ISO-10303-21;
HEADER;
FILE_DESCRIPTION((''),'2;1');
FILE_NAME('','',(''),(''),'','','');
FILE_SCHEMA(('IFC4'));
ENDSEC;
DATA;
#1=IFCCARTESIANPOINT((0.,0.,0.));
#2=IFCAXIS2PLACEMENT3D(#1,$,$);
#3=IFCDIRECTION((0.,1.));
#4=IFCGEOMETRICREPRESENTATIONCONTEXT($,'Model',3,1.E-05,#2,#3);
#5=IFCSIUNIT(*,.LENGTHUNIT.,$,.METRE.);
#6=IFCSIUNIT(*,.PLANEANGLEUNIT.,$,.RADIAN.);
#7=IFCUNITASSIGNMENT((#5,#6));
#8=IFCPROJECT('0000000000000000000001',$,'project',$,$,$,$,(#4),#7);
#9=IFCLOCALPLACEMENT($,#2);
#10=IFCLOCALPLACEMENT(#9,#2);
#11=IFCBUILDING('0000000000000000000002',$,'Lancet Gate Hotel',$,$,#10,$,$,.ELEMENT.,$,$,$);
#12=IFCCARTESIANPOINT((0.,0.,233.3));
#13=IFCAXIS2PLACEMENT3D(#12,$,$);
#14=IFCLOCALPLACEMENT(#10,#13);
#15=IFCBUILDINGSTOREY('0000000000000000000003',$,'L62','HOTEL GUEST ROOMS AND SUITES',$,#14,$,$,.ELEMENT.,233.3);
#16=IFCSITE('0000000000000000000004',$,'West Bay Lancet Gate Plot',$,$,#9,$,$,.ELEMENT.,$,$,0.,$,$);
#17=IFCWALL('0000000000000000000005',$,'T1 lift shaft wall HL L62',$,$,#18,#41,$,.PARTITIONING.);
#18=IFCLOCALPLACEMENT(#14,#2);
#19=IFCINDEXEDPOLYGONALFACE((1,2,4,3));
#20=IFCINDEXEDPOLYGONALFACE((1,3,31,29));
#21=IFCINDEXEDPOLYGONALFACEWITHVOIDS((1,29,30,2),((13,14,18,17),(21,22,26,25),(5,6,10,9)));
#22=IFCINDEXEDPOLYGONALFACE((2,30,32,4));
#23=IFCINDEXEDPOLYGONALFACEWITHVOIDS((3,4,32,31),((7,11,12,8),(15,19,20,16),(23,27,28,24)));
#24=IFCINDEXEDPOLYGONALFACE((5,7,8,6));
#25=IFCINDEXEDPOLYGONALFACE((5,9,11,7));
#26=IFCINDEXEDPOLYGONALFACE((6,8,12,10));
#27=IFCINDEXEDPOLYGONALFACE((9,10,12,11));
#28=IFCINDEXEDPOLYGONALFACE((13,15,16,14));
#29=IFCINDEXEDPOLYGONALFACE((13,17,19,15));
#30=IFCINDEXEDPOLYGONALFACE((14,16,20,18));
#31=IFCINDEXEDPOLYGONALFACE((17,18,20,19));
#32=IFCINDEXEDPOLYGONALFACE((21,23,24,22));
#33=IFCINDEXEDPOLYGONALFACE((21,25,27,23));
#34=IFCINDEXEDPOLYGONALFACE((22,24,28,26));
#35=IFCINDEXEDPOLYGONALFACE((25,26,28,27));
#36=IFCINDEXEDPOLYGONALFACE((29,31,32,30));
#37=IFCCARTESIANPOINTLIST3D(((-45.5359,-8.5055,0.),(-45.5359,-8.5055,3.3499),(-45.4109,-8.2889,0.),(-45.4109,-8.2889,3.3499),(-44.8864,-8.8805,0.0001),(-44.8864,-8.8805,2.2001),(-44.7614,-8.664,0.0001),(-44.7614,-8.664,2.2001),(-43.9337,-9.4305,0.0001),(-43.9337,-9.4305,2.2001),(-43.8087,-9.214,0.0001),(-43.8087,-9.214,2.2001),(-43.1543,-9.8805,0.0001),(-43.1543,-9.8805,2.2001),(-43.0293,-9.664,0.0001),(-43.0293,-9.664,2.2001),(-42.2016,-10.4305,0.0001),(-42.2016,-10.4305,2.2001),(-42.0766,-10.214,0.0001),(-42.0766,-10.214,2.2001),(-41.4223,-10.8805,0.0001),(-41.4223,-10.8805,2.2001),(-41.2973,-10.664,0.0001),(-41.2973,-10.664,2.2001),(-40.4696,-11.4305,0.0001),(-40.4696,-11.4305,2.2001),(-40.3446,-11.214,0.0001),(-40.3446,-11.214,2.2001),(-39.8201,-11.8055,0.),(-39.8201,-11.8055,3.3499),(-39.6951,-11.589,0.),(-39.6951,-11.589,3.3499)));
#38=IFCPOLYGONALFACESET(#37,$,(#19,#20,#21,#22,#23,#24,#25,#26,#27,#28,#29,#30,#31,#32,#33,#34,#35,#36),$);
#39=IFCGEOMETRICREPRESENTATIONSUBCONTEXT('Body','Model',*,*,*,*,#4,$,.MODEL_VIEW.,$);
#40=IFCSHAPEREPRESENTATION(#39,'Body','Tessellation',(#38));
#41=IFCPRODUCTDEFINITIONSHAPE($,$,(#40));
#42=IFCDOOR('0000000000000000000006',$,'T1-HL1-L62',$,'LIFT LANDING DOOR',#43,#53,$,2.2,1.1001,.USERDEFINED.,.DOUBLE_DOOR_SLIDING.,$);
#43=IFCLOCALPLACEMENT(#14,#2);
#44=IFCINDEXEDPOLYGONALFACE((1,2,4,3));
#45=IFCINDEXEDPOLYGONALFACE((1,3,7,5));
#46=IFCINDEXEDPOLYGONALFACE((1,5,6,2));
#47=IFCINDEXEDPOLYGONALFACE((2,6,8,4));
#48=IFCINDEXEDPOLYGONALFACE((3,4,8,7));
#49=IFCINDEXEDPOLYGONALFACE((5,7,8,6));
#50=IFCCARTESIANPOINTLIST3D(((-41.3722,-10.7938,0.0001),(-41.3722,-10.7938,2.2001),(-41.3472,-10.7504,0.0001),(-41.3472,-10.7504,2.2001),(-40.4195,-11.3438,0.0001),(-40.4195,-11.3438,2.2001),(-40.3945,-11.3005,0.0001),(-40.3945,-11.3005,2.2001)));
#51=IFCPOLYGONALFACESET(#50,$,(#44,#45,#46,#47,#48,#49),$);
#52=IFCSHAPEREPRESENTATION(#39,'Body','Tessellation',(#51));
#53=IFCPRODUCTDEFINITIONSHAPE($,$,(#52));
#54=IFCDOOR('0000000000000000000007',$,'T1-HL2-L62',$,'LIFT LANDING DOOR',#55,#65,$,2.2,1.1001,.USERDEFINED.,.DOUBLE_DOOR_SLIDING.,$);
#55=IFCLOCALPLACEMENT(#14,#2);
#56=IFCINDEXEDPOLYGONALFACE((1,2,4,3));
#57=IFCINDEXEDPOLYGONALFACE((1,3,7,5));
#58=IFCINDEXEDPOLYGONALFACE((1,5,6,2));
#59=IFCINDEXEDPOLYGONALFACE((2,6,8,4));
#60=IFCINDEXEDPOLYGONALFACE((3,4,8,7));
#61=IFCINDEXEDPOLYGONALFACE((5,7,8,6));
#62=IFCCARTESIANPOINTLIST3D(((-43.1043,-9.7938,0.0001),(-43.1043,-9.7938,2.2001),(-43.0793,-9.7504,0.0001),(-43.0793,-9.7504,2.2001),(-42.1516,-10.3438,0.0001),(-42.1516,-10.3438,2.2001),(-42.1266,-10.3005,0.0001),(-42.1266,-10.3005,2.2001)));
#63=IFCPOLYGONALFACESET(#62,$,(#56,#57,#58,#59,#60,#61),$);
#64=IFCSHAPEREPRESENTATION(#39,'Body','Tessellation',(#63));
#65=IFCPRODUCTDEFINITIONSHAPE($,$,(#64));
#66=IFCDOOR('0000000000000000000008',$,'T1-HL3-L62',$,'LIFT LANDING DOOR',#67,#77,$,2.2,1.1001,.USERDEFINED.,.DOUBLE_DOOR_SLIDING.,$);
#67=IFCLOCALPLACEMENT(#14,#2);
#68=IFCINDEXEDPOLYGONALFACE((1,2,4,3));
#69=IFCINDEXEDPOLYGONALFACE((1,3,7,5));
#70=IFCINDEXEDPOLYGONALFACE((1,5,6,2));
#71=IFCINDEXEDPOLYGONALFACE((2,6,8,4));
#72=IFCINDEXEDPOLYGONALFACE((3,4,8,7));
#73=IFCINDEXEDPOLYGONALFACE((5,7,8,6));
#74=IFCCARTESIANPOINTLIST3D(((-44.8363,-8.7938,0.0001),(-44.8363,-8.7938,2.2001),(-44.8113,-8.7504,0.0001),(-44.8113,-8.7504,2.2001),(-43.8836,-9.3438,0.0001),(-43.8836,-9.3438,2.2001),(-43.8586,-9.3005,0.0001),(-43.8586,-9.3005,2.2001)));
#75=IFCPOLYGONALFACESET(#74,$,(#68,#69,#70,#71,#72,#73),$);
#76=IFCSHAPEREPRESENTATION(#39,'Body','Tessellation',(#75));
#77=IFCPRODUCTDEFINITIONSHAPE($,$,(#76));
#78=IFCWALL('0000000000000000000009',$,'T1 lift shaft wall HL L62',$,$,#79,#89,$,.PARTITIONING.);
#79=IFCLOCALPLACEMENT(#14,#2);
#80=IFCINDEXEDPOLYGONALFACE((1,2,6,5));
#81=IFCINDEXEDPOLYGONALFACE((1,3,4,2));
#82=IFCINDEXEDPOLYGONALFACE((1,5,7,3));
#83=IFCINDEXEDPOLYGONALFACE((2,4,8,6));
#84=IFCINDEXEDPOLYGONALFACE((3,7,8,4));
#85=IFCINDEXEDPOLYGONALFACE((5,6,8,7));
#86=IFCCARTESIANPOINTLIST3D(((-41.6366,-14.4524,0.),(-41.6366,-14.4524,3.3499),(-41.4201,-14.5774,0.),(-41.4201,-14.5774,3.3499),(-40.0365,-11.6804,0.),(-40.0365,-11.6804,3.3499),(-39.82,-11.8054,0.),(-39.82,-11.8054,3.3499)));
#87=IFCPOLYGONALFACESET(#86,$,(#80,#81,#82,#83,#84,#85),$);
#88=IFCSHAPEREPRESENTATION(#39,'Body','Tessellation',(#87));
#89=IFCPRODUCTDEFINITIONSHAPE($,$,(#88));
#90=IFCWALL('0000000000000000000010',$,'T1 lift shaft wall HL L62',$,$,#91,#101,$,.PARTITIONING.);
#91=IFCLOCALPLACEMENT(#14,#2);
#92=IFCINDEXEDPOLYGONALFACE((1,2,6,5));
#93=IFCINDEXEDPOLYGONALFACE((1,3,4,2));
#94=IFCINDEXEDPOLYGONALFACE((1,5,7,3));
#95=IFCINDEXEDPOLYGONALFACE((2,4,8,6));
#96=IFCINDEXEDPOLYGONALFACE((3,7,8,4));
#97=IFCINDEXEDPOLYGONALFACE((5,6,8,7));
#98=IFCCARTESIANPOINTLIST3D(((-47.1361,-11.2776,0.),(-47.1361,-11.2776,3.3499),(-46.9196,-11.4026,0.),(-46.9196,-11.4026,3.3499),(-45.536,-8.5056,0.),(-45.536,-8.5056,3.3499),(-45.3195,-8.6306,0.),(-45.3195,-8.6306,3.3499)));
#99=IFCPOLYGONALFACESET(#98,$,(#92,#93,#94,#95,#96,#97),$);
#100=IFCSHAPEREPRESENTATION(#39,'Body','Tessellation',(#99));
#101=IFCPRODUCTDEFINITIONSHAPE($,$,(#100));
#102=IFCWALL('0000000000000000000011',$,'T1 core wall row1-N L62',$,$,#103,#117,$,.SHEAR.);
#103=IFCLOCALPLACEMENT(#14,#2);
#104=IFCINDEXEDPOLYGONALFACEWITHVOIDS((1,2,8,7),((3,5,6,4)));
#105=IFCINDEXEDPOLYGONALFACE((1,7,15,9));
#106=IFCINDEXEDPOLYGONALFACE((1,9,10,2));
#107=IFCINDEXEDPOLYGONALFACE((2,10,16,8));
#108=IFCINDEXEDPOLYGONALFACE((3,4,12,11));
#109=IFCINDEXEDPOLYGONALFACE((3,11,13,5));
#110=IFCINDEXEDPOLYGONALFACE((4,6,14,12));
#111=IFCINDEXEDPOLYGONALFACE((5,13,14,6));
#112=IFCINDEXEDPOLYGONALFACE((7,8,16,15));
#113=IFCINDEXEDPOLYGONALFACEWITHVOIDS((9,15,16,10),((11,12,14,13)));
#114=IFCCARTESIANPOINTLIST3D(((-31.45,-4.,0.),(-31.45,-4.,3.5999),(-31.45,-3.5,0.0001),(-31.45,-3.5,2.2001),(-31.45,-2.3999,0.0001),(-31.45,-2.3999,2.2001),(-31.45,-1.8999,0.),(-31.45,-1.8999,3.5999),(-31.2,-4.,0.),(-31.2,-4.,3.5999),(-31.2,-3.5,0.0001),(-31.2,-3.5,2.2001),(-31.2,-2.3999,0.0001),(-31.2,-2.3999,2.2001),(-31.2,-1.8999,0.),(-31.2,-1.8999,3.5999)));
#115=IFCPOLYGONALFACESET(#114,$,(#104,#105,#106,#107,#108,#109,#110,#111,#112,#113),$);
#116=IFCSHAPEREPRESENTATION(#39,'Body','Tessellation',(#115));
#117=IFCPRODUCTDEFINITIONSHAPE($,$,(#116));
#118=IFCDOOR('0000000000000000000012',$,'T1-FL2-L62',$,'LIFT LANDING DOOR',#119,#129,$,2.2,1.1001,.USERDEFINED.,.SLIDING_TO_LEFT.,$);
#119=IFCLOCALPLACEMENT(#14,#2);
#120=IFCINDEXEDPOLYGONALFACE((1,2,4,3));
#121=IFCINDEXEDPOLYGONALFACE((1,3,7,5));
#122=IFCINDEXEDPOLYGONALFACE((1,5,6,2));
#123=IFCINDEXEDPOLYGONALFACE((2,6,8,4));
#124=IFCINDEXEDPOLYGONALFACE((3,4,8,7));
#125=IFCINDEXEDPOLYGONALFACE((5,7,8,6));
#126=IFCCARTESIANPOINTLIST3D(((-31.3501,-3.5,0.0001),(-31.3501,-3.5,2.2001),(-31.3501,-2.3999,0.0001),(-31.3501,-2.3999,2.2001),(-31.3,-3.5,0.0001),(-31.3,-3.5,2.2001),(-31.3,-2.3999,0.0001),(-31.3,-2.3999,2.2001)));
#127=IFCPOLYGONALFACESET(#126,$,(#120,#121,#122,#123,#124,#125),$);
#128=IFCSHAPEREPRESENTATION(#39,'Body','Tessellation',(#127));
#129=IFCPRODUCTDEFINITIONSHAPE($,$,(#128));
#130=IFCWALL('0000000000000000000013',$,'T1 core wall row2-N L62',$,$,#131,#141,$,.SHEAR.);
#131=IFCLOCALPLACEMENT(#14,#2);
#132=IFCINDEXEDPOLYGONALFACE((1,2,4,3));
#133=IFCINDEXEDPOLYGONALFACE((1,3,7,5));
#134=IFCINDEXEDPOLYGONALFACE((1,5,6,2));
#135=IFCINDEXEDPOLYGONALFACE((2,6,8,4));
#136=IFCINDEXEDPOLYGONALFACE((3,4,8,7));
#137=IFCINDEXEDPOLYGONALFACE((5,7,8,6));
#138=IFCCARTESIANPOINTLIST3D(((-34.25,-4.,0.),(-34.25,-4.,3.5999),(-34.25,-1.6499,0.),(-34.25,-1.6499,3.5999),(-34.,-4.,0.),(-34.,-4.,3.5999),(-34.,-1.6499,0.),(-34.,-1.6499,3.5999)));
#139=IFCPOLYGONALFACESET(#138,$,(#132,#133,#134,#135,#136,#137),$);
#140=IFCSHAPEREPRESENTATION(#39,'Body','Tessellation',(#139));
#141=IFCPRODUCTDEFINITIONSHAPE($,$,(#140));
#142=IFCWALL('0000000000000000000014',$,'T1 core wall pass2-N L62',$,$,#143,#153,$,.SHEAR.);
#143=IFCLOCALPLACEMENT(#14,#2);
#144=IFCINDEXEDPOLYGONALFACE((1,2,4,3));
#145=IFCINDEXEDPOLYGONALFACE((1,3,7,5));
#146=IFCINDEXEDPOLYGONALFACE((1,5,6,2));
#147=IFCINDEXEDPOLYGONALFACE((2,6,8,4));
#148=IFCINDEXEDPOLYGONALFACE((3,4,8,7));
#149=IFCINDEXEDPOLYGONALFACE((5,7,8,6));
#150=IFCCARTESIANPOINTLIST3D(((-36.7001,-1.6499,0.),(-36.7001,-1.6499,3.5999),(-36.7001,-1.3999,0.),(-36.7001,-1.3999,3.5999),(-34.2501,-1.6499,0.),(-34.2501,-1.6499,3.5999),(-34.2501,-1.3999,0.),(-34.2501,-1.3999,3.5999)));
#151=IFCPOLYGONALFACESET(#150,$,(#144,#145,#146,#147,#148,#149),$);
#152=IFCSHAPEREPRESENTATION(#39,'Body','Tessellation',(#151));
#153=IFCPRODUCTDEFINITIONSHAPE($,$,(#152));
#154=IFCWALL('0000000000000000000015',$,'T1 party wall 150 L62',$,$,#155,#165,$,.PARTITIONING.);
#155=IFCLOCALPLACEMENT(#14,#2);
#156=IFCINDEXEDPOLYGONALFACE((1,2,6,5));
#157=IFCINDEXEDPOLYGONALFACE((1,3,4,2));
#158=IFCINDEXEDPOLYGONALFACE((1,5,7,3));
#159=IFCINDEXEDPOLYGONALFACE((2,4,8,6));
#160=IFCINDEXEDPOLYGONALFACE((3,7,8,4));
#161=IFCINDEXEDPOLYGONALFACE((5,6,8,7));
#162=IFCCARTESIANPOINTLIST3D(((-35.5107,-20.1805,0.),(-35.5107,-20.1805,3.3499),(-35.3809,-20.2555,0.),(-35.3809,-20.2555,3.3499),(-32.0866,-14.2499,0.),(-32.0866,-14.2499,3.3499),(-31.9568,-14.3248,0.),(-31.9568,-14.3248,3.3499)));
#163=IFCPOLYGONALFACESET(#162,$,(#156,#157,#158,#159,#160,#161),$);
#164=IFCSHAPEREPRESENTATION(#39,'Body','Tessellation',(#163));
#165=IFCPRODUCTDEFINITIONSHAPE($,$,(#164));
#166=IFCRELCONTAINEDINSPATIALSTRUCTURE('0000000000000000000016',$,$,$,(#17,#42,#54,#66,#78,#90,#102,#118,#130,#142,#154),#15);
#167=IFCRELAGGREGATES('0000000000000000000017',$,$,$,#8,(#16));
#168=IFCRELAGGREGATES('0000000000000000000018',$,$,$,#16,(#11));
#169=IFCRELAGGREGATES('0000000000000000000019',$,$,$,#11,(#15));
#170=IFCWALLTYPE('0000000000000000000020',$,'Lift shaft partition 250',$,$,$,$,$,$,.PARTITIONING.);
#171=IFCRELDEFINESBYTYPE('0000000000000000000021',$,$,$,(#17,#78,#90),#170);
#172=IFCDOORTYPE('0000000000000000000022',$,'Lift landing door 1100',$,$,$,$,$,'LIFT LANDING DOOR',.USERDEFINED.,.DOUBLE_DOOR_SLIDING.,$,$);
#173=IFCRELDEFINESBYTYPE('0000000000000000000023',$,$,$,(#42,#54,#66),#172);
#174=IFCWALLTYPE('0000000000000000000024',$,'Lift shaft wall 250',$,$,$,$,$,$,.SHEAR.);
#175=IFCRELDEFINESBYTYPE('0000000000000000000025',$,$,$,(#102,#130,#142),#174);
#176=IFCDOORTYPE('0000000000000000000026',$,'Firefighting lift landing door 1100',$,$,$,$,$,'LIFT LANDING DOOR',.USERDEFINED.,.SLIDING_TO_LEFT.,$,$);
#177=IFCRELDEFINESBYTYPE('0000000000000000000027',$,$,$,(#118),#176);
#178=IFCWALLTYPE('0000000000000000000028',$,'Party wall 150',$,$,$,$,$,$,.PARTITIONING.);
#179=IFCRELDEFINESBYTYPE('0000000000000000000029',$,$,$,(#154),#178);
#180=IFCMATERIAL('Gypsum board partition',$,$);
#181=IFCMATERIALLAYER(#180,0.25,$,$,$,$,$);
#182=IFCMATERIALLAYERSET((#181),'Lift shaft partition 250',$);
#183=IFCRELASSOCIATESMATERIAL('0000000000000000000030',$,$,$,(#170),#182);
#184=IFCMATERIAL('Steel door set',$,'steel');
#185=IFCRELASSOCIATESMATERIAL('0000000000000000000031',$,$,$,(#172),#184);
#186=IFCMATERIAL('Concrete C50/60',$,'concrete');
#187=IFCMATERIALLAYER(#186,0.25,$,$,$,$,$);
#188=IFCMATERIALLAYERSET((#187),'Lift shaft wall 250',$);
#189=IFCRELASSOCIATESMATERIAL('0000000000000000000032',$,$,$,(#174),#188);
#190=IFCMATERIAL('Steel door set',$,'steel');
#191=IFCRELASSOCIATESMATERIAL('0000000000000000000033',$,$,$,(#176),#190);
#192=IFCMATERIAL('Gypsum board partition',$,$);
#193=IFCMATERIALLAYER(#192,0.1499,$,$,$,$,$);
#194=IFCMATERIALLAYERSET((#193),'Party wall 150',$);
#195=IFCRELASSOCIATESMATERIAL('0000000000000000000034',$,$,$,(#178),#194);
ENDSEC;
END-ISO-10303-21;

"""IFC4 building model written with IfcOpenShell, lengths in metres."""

from ifc_helpers import new_model, si_unit, direction, frame, frame_2d, origin, place, context, subcontext, project, spatial, rectangle, extrude, material, layer, layer_set, type_object, element, fill, save


model = new_model("IFC4")

# Units and contexts
model_context = context("Model", 3, precision=1e-05, world=origin(), true_north=direction((0.0, 1.0)))
body_context = subcontext(model_context, "Body", "Model", "MODEL_VIEW")
ifc_project = project(units=[si_unit("LENGTHUNIT", "METRE"), si_unit("PLANEANGLEUNIT", "RADIAN")], contexts=[model_context])

# Site, building, storey
site_placement = place(None, origin())
site = spatial("IfcSite", under=ifc_project, at=site_placement, Name="West Bay Lancet Gate Plot", CompositionType="ELEMENT", RefElevation=0.0)
building_placement = place(site_placement, origin())
building = spatial("IfcBuilding", under=site, at=building_placement, Name="Lancet Gate Hotel", CompositionType="ELEMENT")
storey_placement = place(building_placement, frame((0.0, 0.0, 233.3)))
storey = spatial("IfcBuildingStorey", under=building, at=storey_placement, Name="L62", Description="HOTEL GUEST ROOMS AND SUITES", CompositionType="ELEMENT", Elevation=233.3)

# Wall, openings, doors
ifc_material_1 = material(Name="Gypsum board partition")
ifc_layer_1 = layer(ifc_material_1, 0.25)
ifc_layer_set_1 = layer_set([ifc_layer_1], Name="Lift shaft partition 250")
wall_type_1 = type_object("IfcWallType", Name="Lift shaft partition 250", PredefinedType="PARTITIONING", material=ifc_layer_set_1)
wall_1_placement = place(storey_placement, frame((-39.7576, -11.6973, 0.0), z_axis=(0.0, 0.0, 1.0), x_axis=(-0.866024, 0.500002, 0.0)))
wall_1 = element("IfcWall", 1, at=wall_1_placement, inside=storey, type_object=wall_type_1, Name="T1 lift shaft wall HL L62", PredefinedType="PARTITIONING", context=body_context, shape_type="SweptSolid", body=[
    extrude(rectangle(XDim=6.6001, YDim=0.25, at=frame_2d((3.3, 0.0))), origin(), (0.0, 0.0, 1.0), 3.3499),
])
opening_1_placement = place(wall_1_placement, frame((0.75, 0.0, 0.0)))
opening_1 = element("IfcOpeningElement", 2, at=opening_1_placement, cuts=wall_1, PredefinedType="OPENING", context=body_context, shape_type="SweptSolid", body=[
    extrude(rectangle(XDim=1.1001, YDim=2.2, at=frame_2d((0.55, 1.1001))), frame((0.0, 0.135, 0.0), z_axis=(0.0, -1.0, 0.0), x_axis=(1.0, 0.0, 0.0)), (0.0, 0.0, 1.0), 0.27),
])
opening_2_placement = place(wall_1_placement, frame((2.75, 0.0, 0.0)))
opening_2 = element("IfcOpeningElement", 3, at=opening_2_placement, cuts=wall_1, PredefinedType="OPENING", context=body_context, shape_type="SweptSolid", body=[
    extrude(rectangle(XDim=1.1001, YDim=2.2, at=frame_2d((0.55, 1.1001))), frame((0.0, 0.135, 0.0), z_axis=(0.0, -1.0, 0.0), x_axis=(1.0, 0.0, 0.0)), (0.0, 0.0, 1.0), 0.27),
])
opening_3_placement = place(wall_1_placement, frame((4.75, 0.0, 0.0)))
opening_3 = element("IfcOpeningElement", 4, at=opening_3_placement, cuts=wall_1, PredefinedType="OPENING", context=body_context, shape_type="SweptSolid", body=[
    extrude(rectangle(XDim=1.1001, YDim=2.2, at=frame_2d((0.55, 1.1001))), frame((0.0, 0.135, 0.0), z_axis=(0.0, -1.0, 0.0), x_axis=(1.0, 0.0, 0.0)), (0.0, 0.0, 1.0), 0.27),
])
ifc_material_2 = material(Name="Steel door set", Category="steel")
door_type_1 = type_object("IfcDoorType", Name="Lift landing door 1100", ElementType="LIFT LANDING DOOR", OperationType="DOUBLE_DOOR_SLIDING", PredefinedType="USERDEFINED", material=ifc_material_2)
door_1_placement = place(opening_1_placement, origin())
door_1 = element("IfcDoor", 5, at=door_1_placement, inside=storey, type_object=door_type_1, Name="T1-HL1-L62", ObjectType="LIFT LANDING DOOR", OperationType="DOUBLE_DOOR_SLIDING", OverallHeight=2.2, OverallWidth=1.1001, PredefinedType="USERDEFINED", context=body_context, shape_type="SweptSolid", body=[
    extrude(rectangle(XDim=1.1001, YDim=2.2, at=frame_2d((0.55, 1.1001))), frame((0.0, 0.0249, 0.0), z_axis=(0.0, -1.0, 0.0), x_axis=(1.0, 0.0, 0.0)), (0.0, 0.0, 1.0), 0.05),
])
fill(opening_1, door_1)
door_2_placement = place(opening_2_placement, origin())
door_2 = element("IfcDoor", 6, at=door_2_placement, inside=storey, type_object=door_type_1, Name="T1-HL2-L62", ObjectType="LIFT LANDING DOOR", OperationType="DOUBLE_DOOR_SLIDING", OverallHeight=2.2, OverallWidth=1.1001, PredefinedType="USERDEFINED", context=body_context, shape_type="SweptSolid", body=[
    extrude(rectangle(XDim=1.1001, YDim=2.2, at=frame_2d((0.55, 1.1001))), frame((0.0, 0.0249, 0.0), z_axis=(0.0, -1.0, 0.0), x_axis=(1.0, 0.0, 0.0)), (0.0, 0.0, 1.0), 0.05),
])
fill(opening_2, door_2)
door_3_placement = place(opening_3_placement, origin())
door_3 = element("IfcDoor", 7, at=door_3_placement, inside=storey, type_object=door_type_1, Name="T1-HL3-L62", ObjectType="LIFT LANDING DOOR", OperationType="DOUBLE_DOOR_SLIDING", OverallHeight=2.2, OverallWidth=1.1001, PredefinedType="USERDEFINED", context=body_context, shape_type="SweptSolid", body=[
    extrude(rectangle(XDim=1.1001, YDim=2.2, at=frame_2d((0.55, 1.1001))), frame((0.0, 0.0249, 0.0), z_axis=(0.0, -1.0, 0.0), x_axis=(1.0, 0.0, 0.0)), (0.0, 0.0, 1.0), 0.05),
])
fill(opening_3, door_3)

# Walls
for number, where, z_axis, x_axis, name in (
    (8, (-39.9282, -11.7429, 0.0), (0.0, 0.0, 1.0), (-0.499929, -0.866066, 0.0), "T1 lift shaft wall HL L62"),
    (9, (-45.4277, -8.5681, 0.0), (0.0, 0.0, 1.0), (-0.499929, -0.866066, 0.0), "T1 lift shaft wall HL L62"),
):
    element("IfcWall", number, at=place(storey_placement, frame(where, z_axis=z_axis, x_axis=x_axis)), inside=storey, type_object=wall_type_1, Name=name, PredefinedType="PARTITIONING", context=body_context, shape_type="SweptSolid", body=[
        extrude(rectangle(XDim=3.2007, YDim=0.25, at=frame_2d((1.6003, 0.0))), origin(), (0.0, 0.0, 1.0), 3.3499),
    ])

# Wall, opening, door
ifc_material_3 = material(Name="Concrete C50/60", Category="concrete")
ifc_layer_2 = layer(ifc_material_3, 0.25)
ifc_layer_set_2 = layer_set([ifc_layer_2], Name="Lift shaft wall 250")
wall_type_2 = type_object("IfcWallType", Name="Lift shaft wall 250", PredefinedType="SHEAR", material=ifc_layer_set_2)
wall_2_placement = place(storey_placement, frame((-31.325, -1.8999, 0.0), z_axis=(0.0, 0.0, 1.0), x_axis=(0.0, -1.0, 0.0)))
wall_2 = element("IfcWall", 10, at=wall_2_placement, inside=storey, type_object=wall_type_2, Name="T1 core wall row1-N L62", PredefinedType="SHEAR", context=body_context, shape_type="SweptSolid", body=[
    extrude(rectangle(XDim=2.1001, YDim=0.25, at=frame_2d((1.05, 0.0))), origin(), (0.0, 0.0, 1.0), 3.5999),
])
opening_4_placement = place(wall_2_placement, frame((0.5, 0.0, 0.0)))
opening_4 = element("IfcOpeningElement", 11, at=opening_4_placement, cuts=wall_2, PredefinedType="OPENING", context=body_context, shape_type="SweptSolid", body=[
    extrude(rectangle(XDim=1.1001, YDim=2.2, at=frame_2d((0.55, 1.1001))), frame((0.0, 0.135, 0.0), z_axis=(0.0, -1.0, 0.0), x_axis=(1.0, 0.0, 0.0)), (0.0, 0.0, 1.0), 0.27),
])
ifc_material_4 = material(Name="Steel door set", Category="steel")
door_type_2 = type_object("IfcDoorType", Name="Firefighting lift landing door 1100", ElementType="LIFT LANDING DOOR", OperationType="SLIDING_TO_LEFT", PredefinedType="USERDEFINED", material=ifc_material_4)
door_4_placement = place(opening_4_placement, origin())
door_4 = element("IfcDoor", 12, at=door_4_placement, inside=storey, type_object=door_type_2, Name="T1-FL2-L62", ObjectType="LIFT LANDING DOOR", OperationType="SLIDING_TO_LEFT", OverallHeight=2.2, OverallWidth=1.1001, PredefinedType="USERDEFINED", context=body_context, shape_type="SweptSolid", body=[
    extrude(rectangle(XDim=1.1001, YDim=2.2, at=frame_2d((0.55, 1.1001))), frame((0.0, 0.0249, 0.0), z_axis=(0.0, -1.0, 0.0), x_axis=(1.0, 0.0, 0.0)), (0.0, 0.0, 1.0), 0.05),
])
fill(opening_4, door_4)

# Walls
wall_3_placement = place(storey_placement, frame((-34.125, -1.6499, 0.0), z_axis=(0.0, 0.0, 1.0), x_axis=(0.0, -1.0, 0.0)))
element("IfcWall", 13, at=wall_3_placement, inside=storey, type_object=wall_type_2, Name="T1 core wall row2-N L62", PredefinedType="SHEAR", context=body_context, shape_type="SweptSolid", body=[
    extrude(rectangle(XDim=2.3501, YDim=0.25, at=frame_2d((1.175, 0.0))), origin(), (0.0, 0.0, 1.0), 3.5999),
])
wall_4_placement = place(storey_placement, frame((-34.25, -1.5249, 0.0), z_axis=(0.0, 0.0, 1.0), x_axis=(-1.0, 0.0, 0.0)))
element("IfcWall", 14, at=wall_4_placement, inside=storey, type_object=wall_type_2, Name="T1 core wall pass2-N L62", PredefinedType="SHEAR", context=body_context, shape_type="SweptSolid", body=[
    extrude(rectangle(XDim=2.45, YDim=0.25, at=frame_2d((1.2251, 0.0))), origin(), (0.0, 0.0, 1.0), 3.5999),
])
ifc_material_5 = material(Name="Gypsum board partition")
ifc_layer_3 = layer(ifc_material_5, 0.1499)
ifc_layer_set_3 = layer_set([ifc_layer_3], Name="Party wall 150")
wall_type_3 = type_object("IfcWallType", Name="Party wall 150", PredefinedType="PARTITIONING", material=ifc_layer_set_3)
wall_5_placement = place(storey_placement, frame((-32.0217, -14.2874, 0.0), z_axis=(0.0, 0.0, 1.0), x_axis=(-0.5, -0.866025, 0.0)))
element("IfcWall", 15, at=wall_5_placement, inside=storey, type_object=wall_type_3, Name="T1 party wall 150 L62", PredefinedType="PARTITIONING", context=body_context, shape_type="SweptSolid", body=[
    extrude(rectangle(XDim=6.8481, YDim=0.1499, at=frame_2d((3.4241, 0.0))), origin(), (0.0, 0.0, 1.0), 3.3499),
])

save(model, "model.ifc")
